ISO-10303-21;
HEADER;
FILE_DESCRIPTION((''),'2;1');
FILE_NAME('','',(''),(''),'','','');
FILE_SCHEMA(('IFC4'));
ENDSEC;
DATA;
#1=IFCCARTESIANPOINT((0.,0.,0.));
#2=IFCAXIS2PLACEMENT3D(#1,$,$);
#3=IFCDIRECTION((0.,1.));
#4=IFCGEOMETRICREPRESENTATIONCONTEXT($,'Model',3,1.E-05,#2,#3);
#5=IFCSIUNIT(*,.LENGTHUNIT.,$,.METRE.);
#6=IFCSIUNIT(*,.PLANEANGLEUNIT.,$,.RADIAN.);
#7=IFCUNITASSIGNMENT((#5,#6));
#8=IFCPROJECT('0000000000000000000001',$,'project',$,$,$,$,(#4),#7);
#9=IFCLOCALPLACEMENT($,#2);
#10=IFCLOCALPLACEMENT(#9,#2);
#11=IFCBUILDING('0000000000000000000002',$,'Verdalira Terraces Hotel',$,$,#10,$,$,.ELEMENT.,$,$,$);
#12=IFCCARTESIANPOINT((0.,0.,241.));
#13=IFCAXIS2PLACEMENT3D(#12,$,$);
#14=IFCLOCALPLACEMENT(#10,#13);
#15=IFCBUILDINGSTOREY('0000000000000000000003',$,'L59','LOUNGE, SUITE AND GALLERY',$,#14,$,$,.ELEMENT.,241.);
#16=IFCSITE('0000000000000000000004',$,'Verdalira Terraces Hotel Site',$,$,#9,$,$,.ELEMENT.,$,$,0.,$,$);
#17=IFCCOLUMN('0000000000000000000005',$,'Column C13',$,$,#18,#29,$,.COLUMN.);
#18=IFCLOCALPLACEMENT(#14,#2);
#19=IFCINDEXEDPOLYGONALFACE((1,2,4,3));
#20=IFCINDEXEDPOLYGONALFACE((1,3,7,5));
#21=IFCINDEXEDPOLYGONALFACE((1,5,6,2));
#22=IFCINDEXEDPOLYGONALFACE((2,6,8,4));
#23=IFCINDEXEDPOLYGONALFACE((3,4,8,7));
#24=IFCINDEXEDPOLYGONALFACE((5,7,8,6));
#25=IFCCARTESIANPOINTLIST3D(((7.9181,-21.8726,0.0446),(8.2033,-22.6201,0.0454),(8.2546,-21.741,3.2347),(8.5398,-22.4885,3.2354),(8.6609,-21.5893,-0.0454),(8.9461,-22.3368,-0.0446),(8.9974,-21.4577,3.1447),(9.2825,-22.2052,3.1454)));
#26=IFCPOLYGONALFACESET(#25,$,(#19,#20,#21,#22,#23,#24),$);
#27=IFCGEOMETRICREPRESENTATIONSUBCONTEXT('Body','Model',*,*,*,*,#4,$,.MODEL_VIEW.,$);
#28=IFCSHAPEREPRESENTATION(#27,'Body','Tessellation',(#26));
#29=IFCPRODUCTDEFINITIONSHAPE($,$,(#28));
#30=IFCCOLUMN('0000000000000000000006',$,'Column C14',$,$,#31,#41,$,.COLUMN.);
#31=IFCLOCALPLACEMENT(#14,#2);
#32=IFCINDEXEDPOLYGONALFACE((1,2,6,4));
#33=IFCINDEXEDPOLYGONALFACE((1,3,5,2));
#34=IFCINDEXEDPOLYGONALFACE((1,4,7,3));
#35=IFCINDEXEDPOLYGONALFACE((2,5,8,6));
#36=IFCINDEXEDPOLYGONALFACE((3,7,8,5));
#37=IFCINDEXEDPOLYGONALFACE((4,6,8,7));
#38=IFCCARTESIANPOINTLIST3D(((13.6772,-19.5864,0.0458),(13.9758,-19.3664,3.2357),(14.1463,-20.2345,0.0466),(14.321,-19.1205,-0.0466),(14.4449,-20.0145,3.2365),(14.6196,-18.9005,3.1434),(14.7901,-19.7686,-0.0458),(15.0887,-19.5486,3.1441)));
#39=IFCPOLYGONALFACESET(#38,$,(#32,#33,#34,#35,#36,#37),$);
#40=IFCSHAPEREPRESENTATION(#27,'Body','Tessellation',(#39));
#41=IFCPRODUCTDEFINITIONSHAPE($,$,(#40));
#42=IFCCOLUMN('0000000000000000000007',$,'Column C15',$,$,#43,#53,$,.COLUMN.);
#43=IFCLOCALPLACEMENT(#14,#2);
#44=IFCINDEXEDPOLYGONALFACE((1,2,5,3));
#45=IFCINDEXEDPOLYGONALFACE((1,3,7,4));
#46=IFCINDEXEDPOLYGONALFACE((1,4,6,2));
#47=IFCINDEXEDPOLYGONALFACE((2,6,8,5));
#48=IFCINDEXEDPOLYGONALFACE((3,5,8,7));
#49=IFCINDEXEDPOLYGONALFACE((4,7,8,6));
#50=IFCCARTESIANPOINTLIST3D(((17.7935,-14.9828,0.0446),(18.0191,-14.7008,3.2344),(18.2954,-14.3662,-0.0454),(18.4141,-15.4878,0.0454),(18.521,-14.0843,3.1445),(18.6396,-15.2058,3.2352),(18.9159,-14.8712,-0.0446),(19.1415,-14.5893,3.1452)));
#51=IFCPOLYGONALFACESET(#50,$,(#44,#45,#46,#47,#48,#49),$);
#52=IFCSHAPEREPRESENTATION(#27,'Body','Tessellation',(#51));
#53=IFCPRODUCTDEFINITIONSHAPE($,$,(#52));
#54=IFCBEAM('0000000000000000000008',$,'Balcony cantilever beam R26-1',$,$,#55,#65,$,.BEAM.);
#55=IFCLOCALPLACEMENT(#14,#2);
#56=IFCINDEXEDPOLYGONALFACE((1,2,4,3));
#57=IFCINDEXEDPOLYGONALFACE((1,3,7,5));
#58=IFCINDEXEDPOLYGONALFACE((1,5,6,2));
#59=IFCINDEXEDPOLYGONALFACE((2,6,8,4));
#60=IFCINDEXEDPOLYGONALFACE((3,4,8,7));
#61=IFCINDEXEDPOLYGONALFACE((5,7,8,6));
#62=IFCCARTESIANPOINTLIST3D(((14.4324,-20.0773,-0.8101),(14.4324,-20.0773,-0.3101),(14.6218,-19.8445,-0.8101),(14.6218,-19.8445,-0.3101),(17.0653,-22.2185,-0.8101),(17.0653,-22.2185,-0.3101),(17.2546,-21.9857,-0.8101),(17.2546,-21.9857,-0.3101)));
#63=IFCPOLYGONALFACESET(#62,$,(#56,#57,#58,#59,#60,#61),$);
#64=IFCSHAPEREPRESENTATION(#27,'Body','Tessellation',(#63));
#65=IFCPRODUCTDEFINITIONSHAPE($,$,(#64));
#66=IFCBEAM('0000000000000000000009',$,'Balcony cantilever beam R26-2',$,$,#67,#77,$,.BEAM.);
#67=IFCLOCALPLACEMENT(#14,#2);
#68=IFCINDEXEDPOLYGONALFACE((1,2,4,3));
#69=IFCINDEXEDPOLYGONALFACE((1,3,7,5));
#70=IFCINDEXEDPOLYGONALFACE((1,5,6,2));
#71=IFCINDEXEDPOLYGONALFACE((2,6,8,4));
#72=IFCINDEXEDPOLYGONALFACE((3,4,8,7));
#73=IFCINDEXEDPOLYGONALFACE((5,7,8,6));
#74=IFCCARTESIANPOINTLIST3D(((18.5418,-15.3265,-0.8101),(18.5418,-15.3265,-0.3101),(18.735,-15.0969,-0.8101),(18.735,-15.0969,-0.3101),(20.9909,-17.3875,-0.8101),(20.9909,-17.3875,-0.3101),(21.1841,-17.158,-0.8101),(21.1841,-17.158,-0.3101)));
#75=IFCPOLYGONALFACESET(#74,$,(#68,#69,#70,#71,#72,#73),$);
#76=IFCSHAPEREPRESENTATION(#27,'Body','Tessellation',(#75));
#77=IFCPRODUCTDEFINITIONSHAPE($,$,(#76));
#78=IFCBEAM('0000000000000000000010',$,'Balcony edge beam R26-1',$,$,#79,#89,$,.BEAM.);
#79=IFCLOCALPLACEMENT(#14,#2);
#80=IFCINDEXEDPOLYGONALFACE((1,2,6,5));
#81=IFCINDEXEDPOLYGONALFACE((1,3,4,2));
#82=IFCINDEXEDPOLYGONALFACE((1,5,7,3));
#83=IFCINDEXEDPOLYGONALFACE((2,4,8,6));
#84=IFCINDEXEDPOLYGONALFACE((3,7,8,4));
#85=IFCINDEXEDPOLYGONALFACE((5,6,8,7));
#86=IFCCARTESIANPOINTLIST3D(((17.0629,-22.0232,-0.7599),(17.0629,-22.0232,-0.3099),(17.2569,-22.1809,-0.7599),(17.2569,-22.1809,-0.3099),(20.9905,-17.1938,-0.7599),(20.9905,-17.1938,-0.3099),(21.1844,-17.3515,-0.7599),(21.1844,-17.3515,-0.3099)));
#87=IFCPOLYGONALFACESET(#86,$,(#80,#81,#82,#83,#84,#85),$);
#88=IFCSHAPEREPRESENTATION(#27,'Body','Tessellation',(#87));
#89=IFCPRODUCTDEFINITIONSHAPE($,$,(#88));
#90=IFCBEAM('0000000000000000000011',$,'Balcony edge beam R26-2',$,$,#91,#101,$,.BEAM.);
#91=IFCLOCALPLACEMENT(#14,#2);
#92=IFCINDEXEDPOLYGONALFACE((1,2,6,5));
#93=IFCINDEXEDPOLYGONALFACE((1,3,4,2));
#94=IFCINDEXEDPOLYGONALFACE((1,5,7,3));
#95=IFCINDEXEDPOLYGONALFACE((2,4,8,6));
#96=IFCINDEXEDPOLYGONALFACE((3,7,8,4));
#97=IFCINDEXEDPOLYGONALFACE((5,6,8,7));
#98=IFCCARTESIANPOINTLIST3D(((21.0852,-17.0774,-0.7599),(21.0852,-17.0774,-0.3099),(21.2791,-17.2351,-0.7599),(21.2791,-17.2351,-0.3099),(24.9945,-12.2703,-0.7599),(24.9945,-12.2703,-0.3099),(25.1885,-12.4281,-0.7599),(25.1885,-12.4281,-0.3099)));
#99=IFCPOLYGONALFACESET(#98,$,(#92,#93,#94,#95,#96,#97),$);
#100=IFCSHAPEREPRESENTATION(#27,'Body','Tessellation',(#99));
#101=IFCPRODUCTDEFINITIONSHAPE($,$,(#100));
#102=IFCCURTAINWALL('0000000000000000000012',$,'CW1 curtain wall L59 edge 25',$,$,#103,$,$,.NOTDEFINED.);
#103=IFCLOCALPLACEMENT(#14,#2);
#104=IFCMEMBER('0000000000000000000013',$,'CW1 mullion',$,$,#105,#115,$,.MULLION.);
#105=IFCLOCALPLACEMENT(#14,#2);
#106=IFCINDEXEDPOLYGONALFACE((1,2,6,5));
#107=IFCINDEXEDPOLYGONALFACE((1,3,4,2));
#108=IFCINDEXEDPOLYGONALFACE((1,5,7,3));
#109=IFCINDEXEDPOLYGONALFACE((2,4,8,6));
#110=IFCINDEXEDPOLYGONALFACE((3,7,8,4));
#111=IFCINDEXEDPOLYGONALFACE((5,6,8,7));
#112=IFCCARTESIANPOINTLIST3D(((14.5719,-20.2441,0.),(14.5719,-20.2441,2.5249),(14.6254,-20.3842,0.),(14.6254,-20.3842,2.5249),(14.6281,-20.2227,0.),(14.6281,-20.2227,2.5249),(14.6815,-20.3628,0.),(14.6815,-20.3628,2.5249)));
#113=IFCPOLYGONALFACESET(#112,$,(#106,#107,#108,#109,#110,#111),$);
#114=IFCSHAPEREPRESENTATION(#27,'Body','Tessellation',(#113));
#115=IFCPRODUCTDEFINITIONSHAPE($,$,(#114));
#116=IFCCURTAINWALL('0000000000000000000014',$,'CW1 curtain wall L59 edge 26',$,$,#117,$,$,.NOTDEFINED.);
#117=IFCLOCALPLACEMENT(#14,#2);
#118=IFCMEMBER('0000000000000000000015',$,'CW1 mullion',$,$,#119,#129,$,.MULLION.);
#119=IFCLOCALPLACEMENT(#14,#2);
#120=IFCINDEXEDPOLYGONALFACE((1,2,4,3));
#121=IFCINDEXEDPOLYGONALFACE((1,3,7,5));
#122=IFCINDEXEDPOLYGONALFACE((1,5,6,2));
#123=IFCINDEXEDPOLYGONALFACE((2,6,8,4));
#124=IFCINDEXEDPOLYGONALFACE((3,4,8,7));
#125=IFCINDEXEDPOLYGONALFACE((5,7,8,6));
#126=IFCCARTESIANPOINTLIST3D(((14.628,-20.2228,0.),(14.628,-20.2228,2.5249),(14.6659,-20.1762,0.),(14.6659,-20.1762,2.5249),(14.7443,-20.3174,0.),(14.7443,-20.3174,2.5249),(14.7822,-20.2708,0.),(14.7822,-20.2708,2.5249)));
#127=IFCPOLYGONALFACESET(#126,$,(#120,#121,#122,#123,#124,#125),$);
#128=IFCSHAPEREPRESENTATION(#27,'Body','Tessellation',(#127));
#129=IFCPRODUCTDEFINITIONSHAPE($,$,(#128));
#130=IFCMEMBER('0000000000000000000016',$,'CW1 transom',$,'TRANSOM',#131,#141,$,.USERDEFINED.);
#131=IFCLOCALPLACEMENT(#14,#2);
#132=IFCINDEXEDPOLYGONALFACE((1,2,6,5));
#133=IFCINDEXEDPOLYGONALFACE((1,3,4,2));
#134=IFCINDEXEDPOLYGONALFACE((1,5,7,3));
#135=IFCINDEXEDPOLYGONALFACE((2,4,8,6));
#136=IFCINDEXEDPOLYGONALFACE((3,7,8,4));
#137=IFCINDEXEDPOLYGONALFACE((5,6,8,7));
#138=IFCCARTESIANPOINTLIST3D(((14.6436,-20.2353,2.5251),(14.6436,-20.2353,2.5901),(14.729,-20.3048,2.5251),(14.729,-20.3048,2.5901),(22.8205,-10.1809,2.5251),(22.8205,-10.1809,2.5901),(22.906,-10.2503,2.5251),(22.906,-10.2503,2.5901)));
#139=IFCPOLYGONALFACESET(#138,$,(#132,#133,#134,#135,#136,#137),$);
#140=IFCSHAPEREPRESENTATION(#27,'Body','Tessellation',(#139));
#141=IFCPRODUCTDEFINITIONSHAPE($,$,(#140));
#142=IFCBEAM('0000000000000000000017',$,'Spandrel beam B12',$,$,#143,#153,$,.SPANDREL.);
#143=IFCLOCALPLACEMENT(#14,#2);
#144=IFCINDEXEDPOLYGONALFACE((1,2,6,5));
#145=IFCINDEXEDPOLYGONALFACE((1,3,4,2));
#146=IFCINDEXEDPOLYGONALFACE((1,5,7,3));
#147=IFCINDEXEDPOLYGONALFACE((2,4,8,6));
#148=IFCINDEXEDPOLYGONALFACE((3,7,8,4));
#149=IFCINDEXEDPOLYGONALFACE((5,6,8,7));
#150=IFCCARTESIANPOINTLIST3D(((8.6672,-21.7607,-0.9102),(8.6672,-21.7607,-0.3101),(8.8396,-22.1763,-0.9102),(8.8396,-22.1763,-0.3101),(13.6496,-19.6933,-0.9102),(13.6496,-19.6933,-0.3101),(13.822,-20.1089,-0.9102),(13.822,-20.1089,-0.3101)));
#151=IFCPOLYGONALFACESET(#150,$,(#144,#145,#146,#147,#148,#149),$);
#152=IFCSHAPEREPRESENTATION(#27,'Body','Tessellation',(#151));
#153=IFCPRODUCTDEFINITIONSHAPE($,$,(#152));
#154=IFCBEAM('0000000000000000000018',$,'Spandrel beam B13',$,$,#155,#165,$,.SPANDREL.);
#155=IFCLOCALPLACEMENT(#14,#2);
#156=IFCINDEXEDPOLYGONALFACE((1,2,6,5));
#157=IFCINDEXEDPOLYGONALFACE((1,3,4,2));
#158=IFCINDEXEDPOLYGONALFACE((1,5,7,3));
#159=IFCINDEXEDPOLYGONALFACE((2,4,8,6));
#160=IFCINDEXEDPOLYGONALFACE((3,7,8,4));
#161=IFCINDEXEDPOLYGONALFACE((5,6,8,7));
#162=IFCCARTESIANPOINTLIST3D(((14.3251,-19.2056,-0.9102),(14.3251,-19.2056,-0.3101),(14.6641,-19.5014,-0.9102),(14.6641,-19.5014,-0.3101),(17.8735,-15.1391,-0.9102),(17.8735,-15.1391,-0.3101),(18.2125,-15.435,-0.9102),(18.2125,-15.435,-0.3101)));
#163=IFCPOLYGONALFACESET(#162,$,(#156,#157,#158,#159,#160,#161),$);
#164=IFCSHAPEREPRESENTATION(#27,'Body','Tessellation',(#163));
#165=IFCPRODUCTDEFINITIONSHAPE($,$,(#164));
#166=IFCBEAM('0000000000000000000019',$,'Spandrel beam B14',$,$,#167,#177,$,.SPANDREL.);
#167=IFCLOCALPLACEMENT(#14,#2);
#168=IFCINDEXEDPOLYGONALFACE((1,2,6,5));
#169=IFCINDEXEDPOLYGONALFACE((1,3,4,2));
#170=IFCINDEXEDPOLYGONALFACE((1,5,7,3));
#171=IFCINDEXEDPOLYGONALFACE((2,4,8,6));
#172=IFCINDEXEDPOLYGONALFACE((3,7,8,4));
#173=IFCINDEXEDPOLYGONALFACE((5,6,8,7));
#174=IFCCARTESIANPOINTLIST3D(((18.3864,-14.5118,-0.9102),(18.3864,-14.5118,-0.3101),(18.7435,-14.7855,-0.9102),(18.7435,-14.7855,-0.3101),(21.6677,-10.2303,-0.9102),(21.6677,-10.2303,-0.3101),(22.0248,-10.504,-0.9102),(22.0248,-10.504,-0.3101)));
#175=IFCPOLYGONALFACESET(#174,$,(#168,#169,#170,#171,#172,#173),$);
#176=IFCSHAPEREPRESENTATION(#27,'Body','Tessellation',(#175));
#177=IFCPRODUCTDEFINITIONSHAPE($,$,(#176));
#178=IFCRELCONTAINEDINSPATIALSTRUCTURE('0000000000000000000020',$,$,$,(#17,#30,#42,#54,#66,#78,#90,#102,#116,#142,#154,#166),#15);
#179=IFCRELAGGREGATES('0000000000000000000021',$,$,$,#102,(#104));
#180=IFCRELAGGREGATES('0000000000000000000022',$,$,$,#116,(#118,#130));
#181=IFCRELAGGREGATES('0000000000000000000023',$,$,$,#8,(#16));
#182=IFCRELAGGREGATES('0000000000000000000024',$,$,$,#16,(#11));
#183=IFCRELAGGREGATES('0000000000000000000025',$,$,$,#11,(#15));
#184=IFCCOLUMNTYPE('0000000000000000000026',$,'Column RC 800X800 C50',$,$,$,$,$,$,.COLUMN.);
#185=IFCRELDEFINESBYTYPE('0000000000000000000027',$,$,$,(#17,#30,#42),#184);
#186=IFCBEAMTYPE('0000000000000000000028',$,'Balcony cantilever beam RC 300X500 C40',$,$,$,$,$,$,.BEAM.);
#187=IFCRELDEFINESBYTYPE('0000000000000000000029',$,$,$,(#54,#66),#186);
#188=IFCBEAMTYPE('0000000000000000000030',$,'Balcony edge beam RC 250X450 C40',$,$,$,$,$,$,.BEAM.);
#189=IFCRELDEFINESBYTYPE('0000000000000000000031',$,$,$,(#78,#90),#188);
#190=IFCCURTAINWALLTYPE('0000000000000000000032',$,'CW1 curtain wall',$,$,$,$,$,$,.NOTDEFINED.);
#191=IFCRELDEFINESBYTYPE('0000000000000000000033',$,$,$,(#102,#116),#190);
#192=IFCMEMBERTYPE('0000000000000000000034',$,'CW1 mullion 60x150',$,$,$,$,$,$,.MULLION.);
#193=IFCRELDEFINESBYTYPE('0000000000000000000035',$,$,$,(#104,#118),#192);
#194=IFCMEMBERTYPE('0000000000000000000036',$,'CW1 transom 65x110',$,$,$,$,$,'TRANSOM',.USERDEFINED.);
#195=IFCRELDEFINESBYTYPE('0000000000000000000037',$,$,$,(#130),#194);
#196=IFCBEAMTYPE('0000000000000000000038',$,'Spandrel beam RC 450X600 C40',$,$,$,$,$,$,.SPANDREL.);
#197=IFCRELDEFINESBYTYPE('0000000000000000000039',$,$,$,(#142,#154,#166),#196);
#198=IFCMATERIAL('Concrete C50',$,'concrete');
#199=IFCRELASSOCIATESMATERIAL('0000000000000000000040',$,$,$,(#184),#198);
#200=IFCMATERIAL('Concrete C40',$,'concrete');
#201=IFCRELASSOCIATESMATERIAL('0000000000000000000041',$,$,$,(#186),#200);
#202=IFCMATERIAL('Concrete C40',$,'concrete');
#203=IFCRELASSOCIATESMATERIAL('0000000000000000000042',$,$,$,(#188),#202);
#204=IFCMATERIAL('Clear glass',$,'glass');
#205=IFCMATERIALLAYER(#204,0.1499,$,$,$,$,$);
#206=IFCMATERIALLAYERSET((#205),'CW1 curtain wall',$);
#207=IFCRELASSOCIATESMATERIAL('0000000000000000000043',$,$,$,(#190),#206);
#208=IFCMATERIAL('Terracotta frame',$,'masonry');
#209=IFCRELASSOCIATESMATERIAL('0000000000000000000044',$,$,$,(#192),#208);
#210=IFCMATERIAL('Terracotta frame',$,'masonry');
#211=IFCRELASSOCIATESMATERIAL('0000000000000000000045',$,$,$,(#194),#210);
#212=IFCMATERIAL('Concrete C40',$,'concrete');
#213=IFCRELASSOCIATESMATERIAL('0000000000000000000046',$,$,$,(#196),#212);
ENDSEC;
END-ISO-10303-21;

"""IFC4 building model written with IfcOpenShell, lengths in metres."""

from ifc_helpers import new_model, si_unit, direction, frame, origin, origin_2d, place, context, subcontext, project, spatial, rectangle, extrude, material, layer, layer_set, material_profile, profile_set, type_object, element, aggregate, save


model = new_model("IFC4")

# Units and contexts
model_context = context("Model", 3, precision=1e-05, world=origin(), true_north=direction((0.0, 1.0)))
body_context = subcontext(model_context, "Body", "Model", "MODEL_VIEW")
ifc_project = project(units=[si_unit("LENGTHUNIT", "METRE"), si_unit("PLANEANGLEUNIT", "RADIAN")], contexts=[model_context])

# Site, building, storey
site_placement = place(None, origin())
site = spatial("IfcSite", under=ifc_project, at=site_placement, Name="Verdalira Terraces Hotel Site", CompositionType="ELEMENT", RefElevation=0.0)
building_placement = place(site_placement, origin())
building = spatial("IfcBuilding", under=site, at=building_placement, Name="Verdalira Terraces Hotel", CompositionType="ELEMENT")
storey_placement = place(building_placement, frame((0.0, 0.0, 241.0)))
storey = spatial("IfcBuildingStorey", under=building, at=storey_placement, Name="L59", Description="LOUNGE, SUITE AND GALLERY", CompositionType="ELEMENT", Elevation=241.0)

# Columns
ifc_material_1 = material(Name="Concrete C50", Category="concrete")
ifc_material_profile_1 = material_profile(ifc_material_1, rectangle(XDim=0.8, YDim=0.8, at=origin_2d()), Name="RC 800X800")
ifc_profile_set_1 = profile_set([ifc_material_profile_1], Name="Concrete C50")
column_type = type_object("IfcColumnType", Name="Column RC 800X800 C50", PredefinedType="COLUMN", material=ifc_profile_set_1)
column_1_placement = place(storey_placement, frame((8.4321, -22.1047, 0.0), z_axis=(0.104795, 0.04099, 0.993649), x_axis=(0.928416, 0.354093, -0.112522)))
element("IfcColumn", 1, at=column_1_placement, inside=storey, type_object=column_type, Name="Column C13", PredefinedType="COLUMN", context=body_context, shape_type="SweptSolid", body=[
    extrude(rectangle(XDim=0.8, YDim=0.8, at=origin_2d()), origin(), (0.0, 0.0, 1.0), 3.2104),
])
column_2_placement = place(storey_placement, frame((14.2336, -19.6775, 0.0), z_axis=(0.092975, 0.068496, 0.99331), x_axis=(-0.804693, -0.582353, 0.115478)))
element("IfcColumn", 2, at=column_2_placement, inside=storey, type_object=column_type, Name="Column C14", PredefinedType="COLUMN", context=body_context, shape_type="SweptSolid", body=[
    extrude(rectangle(XDim=0.8, YDim=0.8, at=origin_2d()), origin(), (0.0, 0.0, 1.0), 3.2114),
])
column_3_placement = place(storey_placement, frame((18.3547, -14.927, 0.0), z_axis=(0.070269, 0.087836, 0.993653), x_axis=(0.627292, 0.770618, -0.112481)))
element("IfcColumn", 3, at=column_3_placement, inside=storey, type_object=column_type, Name="Column C15", PredefinedType="COLUMN", context=body_context, shape_type="SweptSolid", body=[
    extrude(rectangle(XDim=0.8, YDim=0.8, at=origin_2d()), origin(), (0.0, 0.0, 1.0), 3.2102),
])

# Beams
ifc_material_2 = material(Name="Concrete C40", Category="concrete")
ifc_material_profile_2 = material_profile(ifc_material_2, rectangle(XDim=0.3, YDim=0.5, at=origin_2d()), Name="RC 300X500")
ifc_profile_set_2 = profile_set([ifc_material_profile_2], Name="Concrete C40")
beam_type_1 = type_object("IfcBeamType", Name="Balcony cantilever beam RC 300X500 C40", PredefinedType="BEAM", material=ifc_profile_set_2)
beam_1_placement = place(storey_placement, frame((14.5271, -19.9609, -0.5601), z_axis=(0.775832, -0.630939, 0.0), x_axis=(0.630939, 0.775832, 0.0)))
element("IfcBeam", 4, at=beam_1_placement, inside=storey, type_object=beam_type_1, Name="Balcony cantilever beam R26-1", PredefinedType="BEAM", context=body_context, shape_type="SweptSolid", body=[
    extrude(rectangle(XDim=0.3, YDim=0.5, at=origin_2d()), origin(), (0.0, 0.0, 1.0), 3.3936),
])
beam_2_placement = place(storey_placement, frame((18.6384, -15.2117, -0.5601), z_axis=(0.765105, -0.643906, 0.0), x_axis=(0.643906, 0.765105, 0.0)))
element("IfcBeam", 5, at=beam_2_placement, inside=storey, type_object=beam_type_1, Name="Balcony cantilever beam R26-2", PredefinedType="BEAM", context=body_context, shape_type="SweptSolid", body=[
    extrude(rectangle(XDim=0.3, YDim=0.5, at=origin_2d()), origin(), (0.0, 0.0, 1.0), 3.2009),
])
ifc_material_3 = material(Name="Concrete C40", Category="concrete")
ifc_material_profile_3 = material_profile(ifc_material_3, rectangle(XDim=0.25, YDim=0.45, at=origin_2d()), Name="RC 250X450")
ifc_profile_set_3 = profile_set([ifc_material_profile_3], Name="Concrete C40")
beam_type_2 = type_object("IfcBeamType", Name="Balcony edge beam RC 250X450 C40", PredefinedType="BEAM", material=ifc_profile_set_3)
beam_3_placement = place(storey_placement, frame((17.1599, -22.1021, -0.5349), z_axis=(0.630945, 0.775827, 0.0), x_axis=(-0.775827, 0.630945, 0.0)))
element("IfcBeam", 6, at=beam_3_placement, inside=storey, type_object=beam_type_2, Name="Balcony edge beam R26-1", PredefinedType="BEAM", context=body_context, shape_type="SweptSolid", body=[
    extrude(rectangle(XDim=0.25, YDim=0.45, at=origin_2d()), origin(), (0.0, 0.0, 1.0), 6.2249),
])
beam_4_placement = place(storey_placement, frame((21.1821, -17.1562, -0.5349), z_axis=(0.630946, 0.775827, 0.0), x_axis=(-0.775827, 0.630946, 0.0)))
element("IfcBeam", 7, at=beam_4_placement, inside=storey, type_object=beam_type_2, Name="Balcony edge beam R26-2", PredefinedType="BEAM", context=body_context, shape_type="SweptSolid", body=[
    extrude(rectangle(XDim=0.25, YDim=0.45, at=origin_2d()), origin(), (0.0, 0.0, 1.0), 6.196),
])

# Curtain wall, member
ifc_material_4 = material(Name="Clear glass", Category="glass")
ifc_layer_1 = layer(ifc_material_4, 0.1499)
ifc_layer_set_1 = layer_set([ifc_layer_1], Name="CW1 curtain wall")
curtain_wall_type = type_object("IfcCurtainWallType", Name="CW1 curtain wall", PredefinedType="NOTDEFINED", material=ifc_layer_set_1)
curtain_wall_1_placement = place(storey_placement, origin())
curtain_wall_1 = element("IfcCurtainWall", 8, at=curtain_wall_1_placement, inside=storey, type_object=curtain_wall_type, Name="CW1 curtain wall L59 edge 25", PredefinedType="NOTDEFINED")
ifc_material_5 = material(Name="Terracotta frame", Category="masonry")
ifc_material_profile_4 = material_profile(ifc_material_5, rectangle(XDim=0.0601, YDim=0.1499, at=origin_2d()), Name="MU 60x150")
ifc_profile_set_4 = profile_set([ifc_material_profile_4], Name="Terracotta frame")
member_type_1 = type_object("IfcMemberType", Name="CW1 mullion 60x150", PredefinedType="MULLION", material=ifc_profile_set_4)
member_1_placement = place(storey_placement, frame((14.6267, -20.3035, 0.0), z_axis=(0.0, 0.0, 1.0), x_axis=(0.934329, 0.356412, 0.0)))
member_1 = element("IfcMember", 9, at=member_1_placement, type_object=member_type_1, Name="CW1 mullion", PredefinedType="MULLION", context=body_context, shape_type="SweptSolid", body=[
    extrude(rectangle(XDim=0.0601, YDim=0.1499, at=origin_2d()), origin(), (0.0, 0.0, 1.0), 2.5249),
])

# Curtain wall, members
curtain_wall_2_placement = place(storey_placement, origin())
curtain_wall_2 = element("IfcCurtainWall", 10, at=curtain_wall_2_placement, inside=storey, type_object=curtain_wall_type, Name="CW1 curtain wall L59 edge 26", PredefinedType="NOTDEFINED")
member_2_placement = place(storey_placement, frame((14.7051, -20.2468, 0.0), z_axis=(0.0, 0.0, 1.0), x_axis=(0.630947, 0.775826, 0.0)))
member_2 = element("IfcMember", 11, at=member_2_placement, type_object=member_type_1, Name="CW1 mullion", PredefinedType="MULLION", context=body_context, shape_type="SweptSolid", body=[
    extrude(rectangle(XDim=0.0601, YDim=0.1499, at=origin_2d()), origin(), (0.0, 0.0, 1.0), 2.5249),
])
ifc_material_6 = material(Name="Terracotta frame", Category="masonry")
ifc_material_profile_5 = material_profile(ifc_material_6, rectangle(XDim=0.1101, YDim=0.0649, at=origin_2d()), Name="TR 65x110")
ifc_profile_set_5 = profile_set([ifc_material_profile_5], Name="Terracotta frame")
member_type_2 = type_object("IfcMemberType", Name="CW1 transom 65x110", ElementType="TRANSOM", PredefinedType="USERDEFINED", material=ifc_profile_set_5)
member_3_placement = place(storey_placement, frame((14.6863, -20.27, 2.5576), z_axis=(0.630954, 0.775821, 0.0), x_axis=(-0.775821, 0.630954, 0.0)))
member_3 = element("IfcMember", 12, at=member_3_placement, type_object=member_type_2, Name="CW1 transom", ObjectType="TRANSOM", PredefinedType="USERDEFINED", context=body_context, shape_type="SweptSolid", body=[
    extrude(rectangle(XDim=0.1101, YDim=0.0649, at=origin_2d()), origin(), (0.0, 0.0, 1.0), 12.9597),
])

# Beams
ifc_material_7 = material(Name="Concrete C40", Category="concrete")
ifc_material_profile_6 = material_profile(ifc_material_7, rectangle(XDim=0.45, YDim=0.6001, at=origin_2d()), Name="RC 450X600")
ifc_profile_set_6 = profile_set([ifc_material_profile_6], Name="Concrete C40")
beam_type_3 = type_object("IfcBeamType", Name="Spandrel beam RC 450X600 C40", PredefinedType="SPANDREL", material=ifc_profile_set_6)
beam_5_placement = place(storey_placement, frame((8.7534, -21.9685, -0.6101), z_axis=(0.923644, 0.383252, 0.0), x_axis=(-0.383252, 0.923644, 0.0)))
element("IfcBeam", 13, at=beam_5_placement, inside=storey, type_object=beam_type_3, Name="Spandrel beam B12", PredefinedType="SPANDREL", context=body_context, shape_type="SweptSolid", body=[
    extrude(rectangle(XDim=0.45, YDim=0.6001, at=origin_2d()), origin(), (0.0, 0.0, 1.0), 5.3943),
])
beam_6_placement = place(storey_placement, frame((14.4946, -19.3535, -0.6101), z_axis=(0.657479, 0.753473, 0.0), x_axis=(-0.753473, 0.657479, 0.0)))
element("IfcBeam", 14, at=beam_6_placement, inside=storey, type_object=beam_type_3, Name="Spandrel beam B13", PredefinedType="SPANDREL", context=body_context, shape_type="SweptSolid", body=[
    extrude(rectangle(XDim=0.45, YDim=0.6001, at=origin_2d()), origin(), (0.0, 0.0, 1.0), 5.397),
])
beam_7_placement = place(storey_placement, frame((18.5649, -14.6487, -0.6101), z_axis=(0.608288, 0.793716, 0.0), x_axis=(-0.793716, 0.608288, 0.0)))
element("IfcBeam", 15, at=beam_7_placement, inside=storey, type_object=beam_type_3, Name="Spandrel beam B14", PredefinedType="SPANDREL", context=body_context, shape_type="SweptSolid", body=[
    extrude(rectangle(XDim=0.45, YDim=0.6001, at=origin_2d()), origin(), (0.0, 0.0, 1.0), 5.3943),
])

aggregate(curtain_wall_1, [member_1])
aggregate(curtain_wall_2, [member_2, member_3])

save(model, "model.ifc")
